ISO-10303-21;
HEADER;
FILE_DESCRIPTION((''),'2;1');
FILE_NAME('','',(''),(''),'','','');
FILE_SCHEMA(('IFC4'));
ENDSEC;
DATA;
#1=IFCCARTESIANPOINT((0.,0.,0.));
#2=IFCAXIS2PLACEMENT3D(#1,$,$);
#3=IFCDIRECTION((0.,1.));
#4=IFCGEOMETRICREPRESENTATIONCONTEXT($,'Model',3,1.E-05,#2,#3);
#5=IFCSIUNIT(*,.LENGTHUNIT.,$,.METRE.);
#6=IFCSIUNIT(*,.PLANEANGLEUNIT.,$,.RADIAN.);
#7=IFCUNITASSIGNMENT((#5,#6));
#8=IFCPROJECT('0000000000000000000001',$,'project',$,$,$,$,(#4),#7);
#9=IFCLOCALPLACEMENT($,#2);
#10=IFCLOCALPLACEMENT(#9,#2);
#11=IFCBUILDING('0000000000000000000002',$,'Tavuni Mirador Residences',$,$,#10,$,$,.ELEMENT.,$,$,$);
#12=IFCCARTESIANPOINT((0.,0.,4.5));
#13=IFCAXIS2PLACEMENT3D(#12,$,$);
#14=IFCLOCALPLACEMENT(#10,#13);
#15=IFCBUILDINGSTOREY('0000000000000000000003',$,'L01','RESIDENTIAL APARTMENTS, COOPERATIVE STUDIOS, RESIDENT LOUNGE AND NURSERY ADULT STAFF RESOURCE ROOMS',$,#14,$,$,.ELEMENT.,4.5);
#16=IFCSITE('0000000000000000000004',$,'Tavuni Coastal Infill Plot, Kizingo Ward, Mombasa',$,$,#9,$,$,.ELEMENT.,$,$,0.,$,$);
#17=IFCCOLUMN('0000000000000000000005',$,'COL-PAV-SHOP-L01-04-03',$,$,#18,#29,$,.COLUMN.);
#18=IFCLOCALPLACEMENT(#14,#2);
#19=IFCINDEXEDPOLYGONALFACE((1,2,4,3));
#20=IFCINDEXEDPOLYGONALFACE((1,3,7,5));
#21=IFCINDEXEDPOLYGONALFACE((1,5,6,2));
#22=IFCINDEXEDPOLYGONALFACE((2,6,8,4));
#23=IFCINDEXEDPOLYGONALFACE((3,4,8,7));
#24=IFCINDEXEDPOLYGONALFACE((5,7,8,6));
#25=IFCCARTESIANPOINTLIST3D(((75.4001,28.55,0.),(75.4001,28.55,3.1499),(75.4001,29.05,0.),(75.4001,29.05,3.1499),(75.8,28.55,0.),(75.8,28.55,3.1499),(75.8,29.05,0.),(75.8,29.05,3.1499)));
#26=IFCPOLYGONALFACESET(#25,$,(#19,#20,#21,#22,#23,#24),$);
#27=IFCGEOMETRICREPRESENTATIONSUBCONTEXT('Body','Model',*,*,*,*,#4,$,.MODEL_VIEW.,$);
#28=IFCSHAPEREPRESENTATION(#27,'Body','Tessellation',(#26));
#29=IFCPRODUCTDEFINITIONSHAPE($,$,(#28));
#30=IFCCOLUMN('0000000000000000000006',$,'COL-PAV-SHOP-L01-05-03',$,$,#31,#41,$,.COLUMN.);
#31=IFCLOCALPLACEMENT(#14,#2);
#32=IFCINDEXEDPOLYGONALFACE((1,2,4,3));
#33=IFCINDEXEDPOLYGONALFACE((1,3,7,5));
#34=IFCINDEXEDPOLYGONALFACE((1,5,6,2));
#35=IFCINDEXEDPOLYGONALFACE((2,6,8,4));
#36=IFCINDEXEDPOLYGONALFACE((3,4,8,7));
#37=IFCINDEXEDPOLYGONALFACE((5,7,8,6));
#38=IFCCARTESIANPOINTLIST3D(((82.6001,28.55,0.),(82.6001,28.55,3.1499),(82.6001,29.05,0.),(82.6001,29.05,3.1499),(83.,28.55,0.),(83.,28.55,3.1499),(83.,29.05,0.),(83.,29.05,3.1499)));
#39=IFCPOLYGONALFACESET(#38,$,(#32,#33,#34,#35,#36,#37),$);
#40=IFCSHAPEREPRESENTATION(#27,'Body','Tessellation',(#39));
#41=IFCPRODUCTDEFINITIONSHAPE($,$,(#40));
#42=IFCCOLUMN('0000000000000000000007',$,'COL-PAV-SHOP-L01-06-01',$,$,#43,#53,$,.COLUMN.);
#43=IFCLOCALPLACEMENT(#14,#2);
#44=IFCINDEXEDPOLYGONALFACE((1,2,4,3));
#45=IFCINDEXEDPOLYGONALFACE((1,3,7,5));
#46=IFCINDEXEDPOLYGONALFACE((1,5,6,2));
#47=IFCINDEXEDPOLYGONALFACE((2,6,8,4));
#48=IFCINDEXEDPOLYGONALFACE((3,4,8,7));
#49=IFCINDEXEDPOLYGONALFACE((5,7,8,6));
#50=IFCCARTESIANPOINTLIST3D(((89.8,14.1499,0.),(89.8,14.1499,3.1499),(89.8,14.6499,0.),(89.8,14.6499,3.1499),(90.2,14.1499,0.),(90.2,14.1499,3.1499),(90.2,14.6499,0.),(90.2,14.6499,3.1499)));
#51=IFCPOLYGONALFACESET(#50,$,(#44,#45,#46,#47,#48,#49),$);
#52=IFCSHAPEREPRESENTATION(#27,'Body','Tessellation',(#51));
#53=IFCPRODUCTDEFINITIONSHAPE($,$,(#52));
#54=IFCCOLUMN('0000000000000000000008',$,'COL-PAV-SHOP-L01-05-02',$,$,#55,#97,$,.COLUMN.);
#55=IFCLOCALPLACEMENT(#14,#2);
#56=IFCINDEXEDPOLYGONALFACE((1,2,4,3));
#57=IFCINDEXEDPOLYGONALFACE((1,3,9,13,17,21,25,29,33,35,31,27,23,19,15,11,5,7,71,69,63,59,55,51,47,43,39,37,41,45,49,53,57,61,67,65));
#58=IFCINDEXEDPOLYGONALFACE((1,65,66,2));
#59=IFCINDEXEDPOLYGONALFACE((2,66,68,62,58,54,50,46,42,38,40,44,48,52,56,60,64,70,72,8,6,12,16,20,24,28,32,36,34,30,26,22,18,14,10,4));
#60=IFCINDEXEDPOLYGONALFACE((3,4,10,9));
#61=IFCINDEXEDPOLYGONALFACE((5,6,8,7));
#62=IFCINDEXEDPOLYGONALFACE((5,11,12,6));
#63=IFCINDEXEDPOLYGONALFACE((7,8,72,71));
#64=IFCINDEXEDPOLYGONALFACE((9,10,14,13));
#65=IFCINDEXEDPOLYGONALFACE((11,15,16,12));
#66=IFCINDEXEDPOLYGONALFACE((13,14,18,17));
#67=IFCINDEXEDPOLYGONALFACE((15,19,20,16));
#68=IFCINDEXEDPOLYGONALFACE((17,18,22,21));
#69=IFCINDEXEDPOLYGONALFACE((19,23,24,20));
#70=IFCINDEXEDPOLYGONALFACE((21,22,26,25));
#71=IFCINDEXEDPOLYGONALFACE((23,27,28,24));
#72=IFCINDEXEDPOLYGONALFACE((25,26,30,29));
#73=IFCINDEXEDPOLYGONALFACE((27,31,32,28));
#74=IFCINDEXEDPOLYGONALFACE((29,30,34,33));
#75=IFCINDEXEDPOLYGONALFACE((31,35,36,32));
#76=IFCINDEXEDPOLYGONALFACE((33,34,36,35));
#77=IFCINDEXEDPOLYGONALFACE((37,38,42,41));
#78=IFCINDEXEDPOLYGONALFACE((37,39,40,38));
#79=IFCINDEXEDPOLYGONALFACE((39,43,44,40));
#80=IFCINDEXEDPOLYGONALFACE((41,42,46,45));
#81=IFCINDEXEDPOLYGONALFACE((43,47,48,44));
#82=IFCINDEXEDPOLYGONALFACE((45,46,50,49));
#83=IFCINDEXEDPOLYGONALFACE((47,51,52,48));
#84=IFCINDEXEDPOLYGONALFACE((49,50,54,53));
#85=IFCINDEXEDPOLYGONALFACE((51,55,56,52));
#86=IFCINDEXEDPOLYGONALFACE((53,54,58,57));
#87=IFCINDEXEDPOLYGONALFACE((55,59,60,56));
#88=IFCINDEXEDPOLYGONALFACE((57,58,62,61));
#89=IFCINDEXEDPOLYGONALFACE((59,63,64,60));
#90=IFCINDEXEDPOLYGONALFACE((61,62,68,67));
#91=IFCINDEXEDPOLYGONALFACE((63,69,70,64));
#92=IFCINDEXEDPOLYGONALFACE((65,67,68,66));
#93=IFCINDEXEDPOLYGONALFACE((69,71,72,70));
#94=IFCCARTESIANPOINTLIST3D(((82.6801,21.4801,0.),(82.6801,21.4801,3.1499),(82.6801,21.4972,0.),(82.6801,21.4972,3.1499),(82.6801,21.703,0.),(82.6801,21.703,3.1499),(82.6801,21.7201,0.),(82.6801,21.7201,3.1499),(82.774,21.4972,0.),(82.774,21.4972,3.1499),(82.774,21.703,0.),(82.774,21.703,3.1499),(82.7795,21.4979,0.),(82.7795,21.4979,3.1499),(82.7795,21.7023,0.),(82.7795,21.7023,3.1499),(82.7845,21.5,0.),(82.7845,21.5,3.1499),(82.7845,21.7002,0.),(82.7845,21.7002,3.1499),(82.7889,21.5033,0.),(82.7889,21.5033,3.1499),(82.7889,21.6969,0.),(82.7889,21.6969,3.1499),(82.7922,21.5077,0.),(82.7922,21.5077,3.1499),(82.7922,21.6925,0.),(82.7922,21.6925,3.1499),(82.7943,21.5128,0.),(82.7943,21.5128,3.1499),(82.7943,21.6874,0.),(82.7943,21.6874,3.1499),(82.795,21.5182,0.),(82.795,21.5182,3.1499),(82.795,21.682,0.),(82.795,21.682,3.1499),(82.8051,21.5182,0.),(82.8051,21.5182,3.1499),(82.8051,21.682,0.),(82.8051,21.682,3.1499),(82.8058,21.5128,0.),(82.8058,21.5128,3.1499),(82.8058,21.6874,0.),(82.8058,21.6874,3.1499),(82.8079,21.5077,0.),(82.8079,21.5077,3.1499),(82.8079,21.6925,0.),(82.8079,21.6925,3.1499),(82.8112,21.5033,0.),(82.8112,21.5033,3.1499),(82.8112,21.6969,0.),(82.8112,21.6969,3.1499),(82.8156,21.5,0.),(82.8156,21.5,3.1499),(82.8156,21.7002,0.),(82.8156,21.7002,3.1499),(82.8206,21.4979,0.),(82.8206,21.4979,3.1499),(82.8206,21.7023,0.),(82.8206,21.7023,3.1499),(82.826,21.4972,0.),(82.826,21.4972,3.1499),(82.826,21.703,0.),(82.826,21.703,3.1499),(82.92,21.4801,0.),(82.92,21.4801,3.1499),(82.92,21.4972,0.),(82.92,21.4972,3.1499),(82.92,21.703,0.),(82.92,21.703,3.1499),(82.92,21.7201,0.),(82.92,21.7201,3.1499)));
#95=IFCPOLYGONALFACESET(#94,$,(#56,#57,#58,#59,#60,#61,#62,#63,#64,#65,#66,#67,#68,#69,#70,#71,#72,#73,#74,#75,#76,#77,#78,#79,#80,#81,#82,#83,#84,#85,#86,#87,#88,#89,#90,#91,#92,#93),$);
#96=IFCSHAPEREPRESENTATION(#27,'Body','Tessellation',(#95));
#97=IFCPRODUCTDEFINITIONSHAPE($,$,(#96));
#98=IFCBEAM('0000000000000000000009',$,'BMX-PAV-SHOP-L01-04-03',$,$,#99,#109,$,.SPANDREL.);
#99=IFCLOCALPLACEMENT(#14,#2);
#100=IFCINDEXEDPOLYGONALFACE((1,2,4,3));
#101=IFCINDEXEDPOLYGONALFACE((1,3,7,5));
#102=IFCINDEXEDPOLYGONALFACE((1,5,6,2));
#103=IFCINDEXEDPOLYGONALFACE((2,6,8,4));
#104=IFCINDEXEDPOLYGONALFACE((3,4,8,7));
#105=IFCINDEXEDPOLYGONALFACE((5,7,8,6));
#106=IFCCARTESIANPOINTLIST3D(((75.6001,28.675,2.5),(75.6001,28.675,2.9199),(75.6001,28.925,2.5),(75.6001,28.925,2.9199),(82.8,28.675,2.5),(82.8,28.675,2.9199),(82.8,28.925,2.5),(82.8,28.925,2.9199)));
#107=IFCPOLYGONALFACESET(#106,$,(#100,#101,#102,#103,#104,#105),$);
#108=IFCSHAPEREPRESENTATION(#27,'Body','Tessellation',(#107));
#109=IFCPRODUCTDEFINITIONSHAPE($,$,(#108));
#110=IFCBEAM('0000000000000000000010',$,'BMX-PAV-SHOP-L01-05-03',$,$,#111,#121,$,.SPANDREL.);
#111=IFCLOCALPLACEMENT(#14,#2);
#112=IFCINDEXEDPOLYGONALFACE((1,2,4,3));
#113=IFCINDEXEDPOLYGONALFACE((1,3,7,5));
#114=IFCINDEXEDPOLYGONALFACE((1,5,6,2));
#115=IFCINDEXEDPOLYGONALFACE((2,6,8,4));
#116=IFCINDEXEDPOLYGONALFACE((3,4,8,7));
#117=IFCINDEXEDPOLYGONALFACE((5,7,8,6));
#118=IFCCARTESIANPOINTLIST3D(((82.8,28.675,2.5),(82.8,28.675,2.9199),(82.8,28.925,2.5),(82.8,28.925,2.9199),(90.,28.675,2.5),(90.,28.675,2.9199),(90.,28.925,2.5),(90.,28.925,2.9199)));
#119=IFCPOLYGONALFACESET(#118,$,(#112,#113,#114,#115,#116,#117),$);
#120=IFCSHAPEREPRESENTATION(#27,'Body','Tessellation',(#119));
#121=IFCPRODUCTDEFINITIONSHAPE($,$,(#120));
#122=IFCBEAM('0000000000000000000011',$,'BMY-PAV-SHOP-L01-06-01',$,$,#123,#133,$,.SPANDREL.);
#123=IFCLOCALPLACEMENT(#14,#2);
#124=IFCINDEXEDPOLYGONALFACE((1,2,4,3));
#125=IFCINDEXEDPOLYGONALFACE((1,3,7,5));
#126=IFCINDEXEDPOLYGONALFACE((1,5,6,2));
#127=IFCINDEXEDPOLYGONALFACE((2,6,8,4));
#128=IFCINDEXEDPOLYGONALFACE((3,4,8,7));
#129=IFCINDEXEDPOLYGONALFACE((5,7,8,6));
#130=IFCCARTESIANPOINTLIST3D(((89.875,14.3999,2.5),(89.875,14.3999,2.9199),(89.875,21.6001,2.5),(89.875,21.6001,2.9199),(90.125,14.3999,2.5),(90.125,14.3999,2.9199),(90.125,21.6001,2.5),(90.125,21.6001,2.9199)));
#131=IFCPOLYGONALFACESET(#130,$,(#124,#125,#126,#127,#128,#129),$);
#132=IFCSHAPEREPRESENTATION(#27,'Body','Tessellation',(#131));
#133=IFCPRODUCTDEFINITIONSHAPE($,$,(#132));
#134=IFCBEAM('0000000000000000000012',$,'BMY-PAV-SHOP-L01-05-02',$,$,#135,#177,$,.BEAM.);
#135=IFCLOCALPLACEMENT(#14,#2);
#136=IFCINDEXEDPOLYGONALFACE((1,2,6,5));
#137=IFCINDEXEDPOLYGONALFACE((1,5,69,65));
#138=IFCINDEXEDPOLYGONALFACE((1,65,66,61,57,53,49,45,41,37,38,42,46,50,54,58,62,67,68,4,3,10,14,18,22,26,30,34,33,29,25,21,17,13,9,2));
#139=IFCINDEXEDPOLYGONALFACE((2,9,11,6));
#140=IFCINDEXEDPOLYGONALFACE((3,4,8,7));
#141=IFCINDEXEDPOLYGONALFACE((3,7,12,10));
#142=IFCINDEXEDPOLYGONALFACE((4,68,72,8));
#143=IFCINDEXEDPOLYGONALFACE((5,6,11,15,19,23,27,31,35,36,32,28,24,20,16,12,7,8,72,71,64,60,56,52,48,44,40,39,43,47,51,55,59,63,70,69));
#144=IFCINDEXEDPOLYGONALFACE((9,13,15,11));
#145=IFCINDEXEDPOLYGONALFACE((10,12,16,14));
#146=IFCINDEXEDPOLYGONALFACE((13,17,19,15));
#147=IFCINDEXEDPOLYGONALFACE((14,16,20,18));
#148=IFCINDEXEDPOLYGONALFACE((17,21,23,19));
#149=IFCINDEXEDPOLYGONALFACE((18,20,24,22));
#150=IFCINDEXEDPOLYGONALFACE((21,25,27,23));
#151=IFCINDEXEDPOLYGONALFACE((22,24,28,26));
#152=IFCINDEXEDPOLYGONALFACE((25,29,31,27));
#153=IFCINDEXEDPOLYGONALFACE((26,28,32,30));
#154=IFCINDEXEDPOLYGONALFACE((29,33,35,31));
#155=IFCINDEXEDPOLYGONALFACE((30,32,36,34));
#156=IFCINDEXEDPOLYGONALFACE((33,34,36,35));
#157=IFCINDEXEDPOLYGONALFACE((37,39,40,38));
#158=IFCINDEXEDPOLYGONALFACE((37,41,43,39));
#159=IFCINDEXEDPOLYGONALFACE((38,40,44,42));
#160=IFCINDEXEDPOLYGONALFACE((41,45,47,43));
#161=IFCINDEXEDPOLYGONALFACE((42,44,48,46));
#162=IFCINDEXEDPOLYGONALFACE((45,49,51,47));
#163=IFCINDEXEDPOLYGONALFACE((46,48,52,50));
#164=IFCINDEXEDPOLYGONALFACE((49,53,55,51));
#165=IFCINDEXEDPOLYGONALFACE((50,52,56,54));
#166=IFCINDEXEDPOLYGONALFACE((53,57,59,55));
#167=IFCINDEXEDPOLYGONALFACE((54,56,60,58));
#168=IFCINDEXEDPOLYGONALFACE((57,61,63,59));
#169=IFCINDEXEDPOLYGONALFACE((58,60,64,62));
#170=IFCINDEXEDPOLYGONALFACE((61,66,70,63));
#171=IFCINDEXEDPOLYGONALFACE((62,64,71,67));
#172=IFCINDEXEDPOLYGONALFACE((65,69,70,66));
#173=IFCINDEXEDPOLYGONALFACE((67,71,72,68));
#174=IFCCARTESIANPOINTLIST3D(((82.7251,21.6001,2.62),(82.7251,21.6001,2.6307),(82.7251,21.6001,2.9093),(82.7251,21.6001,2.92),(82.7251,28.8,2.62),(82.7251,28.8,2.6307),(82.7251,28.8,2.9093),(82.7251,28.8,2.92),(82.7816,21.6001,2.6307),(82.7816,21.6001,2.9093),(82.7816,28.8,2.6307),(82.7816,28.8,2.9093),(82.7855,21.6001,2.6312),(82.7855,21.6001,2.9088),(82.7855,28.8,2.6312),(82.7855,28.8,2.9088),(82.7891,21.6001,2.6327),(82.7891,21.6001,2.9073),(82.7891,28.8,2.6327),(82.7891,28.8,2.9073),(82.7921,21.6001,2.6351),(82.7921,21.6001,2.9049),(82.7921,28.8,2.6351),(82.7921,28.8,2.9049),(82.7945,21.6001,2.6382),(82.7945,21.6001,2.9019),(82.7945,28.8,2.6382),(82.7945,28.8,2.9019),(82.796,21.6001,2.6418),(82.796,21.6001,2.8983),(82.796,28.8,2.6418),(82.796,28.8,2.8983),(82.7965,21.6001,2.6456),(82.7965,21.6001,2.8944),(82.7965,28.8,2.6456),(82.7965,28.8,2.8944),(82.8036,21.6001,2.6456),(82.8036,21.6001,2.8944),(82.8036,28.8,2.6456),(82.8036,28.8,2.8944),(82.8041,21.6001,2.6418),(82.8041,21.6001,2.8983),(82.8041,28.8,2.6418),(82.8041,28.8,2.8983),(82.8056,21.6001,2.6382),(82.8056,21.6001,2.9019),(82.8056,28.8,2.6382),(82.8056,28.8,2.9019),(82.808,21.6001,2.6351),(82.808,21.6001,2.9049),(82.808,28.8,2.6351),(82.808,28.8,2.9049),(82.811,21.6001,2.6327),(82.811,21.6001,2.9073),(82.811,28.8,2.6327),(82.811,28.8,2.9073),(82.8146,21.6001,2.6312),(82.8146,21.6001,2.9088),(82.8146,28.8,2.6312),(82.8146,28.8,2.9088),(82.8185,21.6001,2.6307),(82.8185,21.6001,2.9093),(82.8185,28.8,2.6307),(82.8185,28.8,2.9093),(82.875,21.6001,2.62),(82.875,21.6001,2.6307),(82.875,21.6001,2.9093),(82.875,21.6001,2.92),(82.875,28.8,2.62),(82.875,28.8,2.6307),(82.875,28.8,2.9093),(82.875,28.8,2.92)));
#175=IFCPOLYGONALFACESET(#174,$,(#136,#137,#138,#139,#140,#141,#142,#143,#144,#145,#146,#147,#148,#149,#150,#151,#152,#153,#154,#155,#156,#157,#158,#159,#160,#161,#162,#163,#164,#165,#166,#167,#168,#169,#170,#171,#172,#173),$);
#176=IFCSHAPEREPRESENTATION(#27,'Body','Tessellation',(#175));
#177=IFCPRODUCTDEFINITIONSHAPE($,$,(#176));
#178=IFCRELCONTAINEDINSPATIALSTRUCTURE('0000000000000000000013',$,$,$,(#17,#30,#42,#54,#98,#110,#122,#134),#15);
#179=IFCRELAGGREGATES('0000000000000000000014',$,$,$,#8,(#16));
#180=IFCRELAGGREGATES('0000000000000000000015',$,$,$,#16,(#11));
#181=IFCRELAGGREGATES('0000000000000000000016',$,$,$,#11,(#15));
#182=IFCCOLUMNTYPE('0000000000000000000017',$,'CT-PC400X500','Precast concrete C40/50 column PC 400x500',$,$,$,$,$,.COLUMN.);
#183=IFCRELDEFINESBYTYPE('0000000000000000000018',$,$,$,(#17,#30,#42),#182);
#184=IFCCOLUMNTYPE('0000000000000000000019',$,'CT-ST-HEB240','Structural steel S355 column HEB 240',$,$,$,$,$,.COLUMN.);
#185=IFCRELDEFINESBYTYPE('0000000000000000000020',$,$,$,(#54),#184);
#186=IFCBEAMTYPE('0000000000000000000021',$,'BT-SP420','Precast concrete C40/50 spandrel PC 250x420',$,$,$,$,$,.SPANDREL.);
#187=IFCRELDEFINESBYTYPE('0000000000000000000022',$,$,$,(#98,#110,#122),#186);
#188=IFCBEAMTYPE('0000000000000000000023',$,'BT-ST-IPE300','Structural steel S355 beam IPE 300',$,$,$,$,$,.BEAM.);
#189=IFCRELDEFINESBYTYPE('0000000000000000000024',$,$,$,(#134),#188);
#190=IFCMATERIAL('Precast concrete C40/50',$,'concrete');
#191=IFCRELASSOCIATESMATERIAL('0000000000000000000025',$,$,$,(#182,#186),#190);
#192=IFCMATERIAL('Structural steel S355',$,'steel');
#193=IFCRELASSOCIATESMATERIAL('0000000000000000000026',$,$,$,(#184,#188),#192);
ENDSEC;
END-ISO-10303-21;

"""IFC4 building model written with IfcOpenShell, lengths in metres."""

from ifc_helpers import new_model, si_unit, direction, frame, origin, origin_2d, place, context, subcontext, project, spatial, rectangle, i_section, extrude, material, material_profile, profile_set, type_object, element, save


model = new_model("IFC4")

# Units and contexts
model_context = context("Model", 3, precision=1e-05, world=origin(), true_north=direction((0.0, 1.0)))
body_context = subcontext(model_context, "Body", "Model", "MODEL_VIEW")
ifc_project = project(units=[si_unit("LENGTHUNIT", "METRE"), si_unit("PLANEANGLEUNIT", "RADIAN")], contexts=[model_context])

# Site, building, storey
site_placement = place(None, origin())
site = spatial("IfcSite", under=ifc_project, at=site_placement, Name="Tavuni Coastal Infill Plot, Kizingo Ward, Mombasa", CompositionType="ELEMENT", RefElevation=0.0)
building_placement = place(site_placement, origin())
building = spatial("IfcBuilding", under=site, at=building_placement, Name="Tavuni Mirador Residences", CompositionType="ELEMENT")
storey_placement = place(building_placement, frame((0.0, 0.0, 4.5)))
storey = spatial("IfcBuildingStorey", under=building, at=storey_placement, Name="L01", Description="RESIDENTIAL APARTMENTS, COOPERATIVE STUDIOS, RESIDENT LOUNGE AND NURSERY ADULT STAFF RESOURCE ROOMS", CompositionType="ELEMENT", Elevation=4.5)

# Columns
ifc_material_1 = material(Name="Precast concrete C40/50", Category="concrete")
ifc_material_profile_1 = material_profile(ifc_material_1, rectangle(XDim=0.3999, YDim=0.5, at=origin_2d()), Name="PC 400x500", Category="concrete")
ifc_profile_set_1 = profile_set([ifc_material_profile_1], Name="Precast concrete C40/50")
column_type_1 = type_object("IfcColumnType", Name="CT-PC400X500", Description="Precast concrete C40/50 column PC 400x500", PredefinedType="COLUMN", material=ifc_profile_set_1)
for number, where, z_axis, x_axis, name in (
    (1, (75.6001, 28.8, 0.0), (0.0, 0.0, 1.0), (1.0, 0.0, 0.0), "COL-PAV-SHOP-L01-04-03"),
    (2, (82.8, 28.8, 0.0), (0.0, 0.0, 1.0), (1.0, 0.0, 0.0), "COL-PAV-SHOP-L01-05-03"),
    (3, (90.0, 14.3999, 0.0), (0.0, 0.0, 1.0), (1.0, 0.0, 0.0), "COL-PAV-SHOP-L01-06-01"),
):
    element("IfcColumn", number, at=place(storey_placement, frame(where, z_axis=z_axis, x_axis=x_axis)), inside=storey, type_object=column_type_1, Name=name, PredefinedType="COLUMN", context=body_context, shape_type="SweptSolid", body=[
        extrude(rectangle(XDim=0.3999, YDim=0.5, at=origin_2d()), origin(), (0.0, 0.0, 1.0), 3.1499),
    ])
ifc_material_2 = material(Name="Structural steel S355", Category="steel")
ifc_material_profile_2 = material_profile(ifc_material_2, i_section(OverallWidth=0.24, OverallDepth=0.24, WebThickness=0.01, FlangeThickness=0.0171, FilletRadius=0.021, at=origin_2d()), Name="HEB 240", Category="steel")
ifc_profile_set_2 = profile_set([ifc_material_profile_2], Name="Structural steel S355")
column_type_2 = type_object("IfcColumnType", Name="CT-ST-HEB240", Description="Structural steel S355 column HEB 240", PredefinedType="COLUMN", material=ifc_profile_set_2)
column_placement = place(storey_placement, frame((82.8, 21.6001, 0.0), z_axis=(0.0, 0.0, 1.0), x_axis=(1.0, 0.0, 0.0)))
element("IfcColumn", 4, at=column_placement, inside=storey, type_object=column_type_2, Name="COL-PAV-SHOP-L01-05-02", PredefinedType="COLUMN", context=body_context, shape_type="SweptSolid", body=[
    extrude(i_section(OverallWidth=0.24, OverallDepth=0.24, WebThickness=0.01, FlangeThickness=0.0171, FilletRadius=0.021, at=origin_2d()), origin(), (0.0, 0.0, 1.0), 3.1499),
])

# Beams
ifc_material_profile_3 = material_profile(ifc_material_1, rectangle(XDim=0.25, YDim=0.4199, at=origin_2d()), Name="PC 250x420", Category="concrete")
ifc_profile_set_3 = profile_set([ifc_material_profile_3], Name="Precast concrete C40/50")
beam_type_1 = type_object("IfcBeamType", Name="BT-SP420", Description="Precast concrete C40/50 spandrel PC 250x420", PredefinedType="SPANDREL", material=ifc_profile_set_3)
for number, where, z_axis, x_axis, name in (
    (5, (75.6001, 28.8, 2.71), (1.0, 0.0, 0.0), (0.0, 1.0, 0.0), "BMX-PAV-SHOP-L01-04-03"),
    (6, (82.8, 28.8, 2.71), (1.0, 0.0, 0.0), (0.0, 1.0, 0.0), "BMX-PAV-SHOP-L01-05-03"),
):
    element("IfcBeam", number, at=place(storey_placement, frame(where, z_axis=z_axis, x_axis=x_axis)), inside=storey, type_object=beam_type_1, Name=name, PredefinedType="SPANDREL", context=body_context, shape_type="SweptSolid", body=[
        extrude(rectangle(XDim=0.25, YDim=0.4199, at=origin_2d()), origin(), (0.0, 0.0, 1.0), 7.2),
    ])
beam_1_placement = place(storey_placement, frame((90.0, 14.3999, 2.71), z_axis=(0.0, 1.0, 0.0), x_axis=(-1.0, 0.0, 0.0)))
element("IfcBeam", 7, at=beam_1_placement, inside=storey, type_object=beam_type_1, Name="BMY-PAV-SHOP-L01-06-01", PredefinedType="SPANDREL", context=body_context, shape_type="SweptSolid", body=[
    extrude(rectangle(XDim=0.25, YDim=0.4199, at=origin_2d()), origin(), (0.0, 0.0, 1.0), 7.2002),
])
ifc_material_profile_4 = material_profile(ifc_material_2, i_section(OverallWidth=0.1499, OverallDepth=0.3, WebThickness=0.0071, FlangeThickness=0.0107, FilletRadius=0.0149, at=origin_2d()), Name="IPE 300", Category="steel")
ifc_profile_set_4 = profile_set([ifc_material_profile_4], Name="Structural steel S355")
beam_type_2 = type_object("IfcBeamType", Name="BT-ST-IPE300", Description="Structural steel S355 beam IPE 300", PredefinedType="BEAM", material=ifc_profile_set_4)
beam_2_placement = place(storey_placement, frame((82.8, 21.6001, 2.77), z_axis=(0.0, 1.0, 0.0), x_axis=(-1.0, 0.0, 0.0)))
element("IfcBeam", 8, at=beam_2_placement, inside=storey, type_object=beam_type_2, Name="BMY-PAV-SHOP-L01-05-02", PredefinedType="BEAM", context=body_context, shape_type="SweptSolid", body=[
    extrude(i_section(OverallWidth=0.1499, OverallDepth=0.3, WebThickness=0.0071, FlangeThickness=0.0107, FilletRadius=0.0149, at=origin_2d()), origin(), (0.0, 0.0, 1.0), 7.2),
])

save(model, "model.ifc")
